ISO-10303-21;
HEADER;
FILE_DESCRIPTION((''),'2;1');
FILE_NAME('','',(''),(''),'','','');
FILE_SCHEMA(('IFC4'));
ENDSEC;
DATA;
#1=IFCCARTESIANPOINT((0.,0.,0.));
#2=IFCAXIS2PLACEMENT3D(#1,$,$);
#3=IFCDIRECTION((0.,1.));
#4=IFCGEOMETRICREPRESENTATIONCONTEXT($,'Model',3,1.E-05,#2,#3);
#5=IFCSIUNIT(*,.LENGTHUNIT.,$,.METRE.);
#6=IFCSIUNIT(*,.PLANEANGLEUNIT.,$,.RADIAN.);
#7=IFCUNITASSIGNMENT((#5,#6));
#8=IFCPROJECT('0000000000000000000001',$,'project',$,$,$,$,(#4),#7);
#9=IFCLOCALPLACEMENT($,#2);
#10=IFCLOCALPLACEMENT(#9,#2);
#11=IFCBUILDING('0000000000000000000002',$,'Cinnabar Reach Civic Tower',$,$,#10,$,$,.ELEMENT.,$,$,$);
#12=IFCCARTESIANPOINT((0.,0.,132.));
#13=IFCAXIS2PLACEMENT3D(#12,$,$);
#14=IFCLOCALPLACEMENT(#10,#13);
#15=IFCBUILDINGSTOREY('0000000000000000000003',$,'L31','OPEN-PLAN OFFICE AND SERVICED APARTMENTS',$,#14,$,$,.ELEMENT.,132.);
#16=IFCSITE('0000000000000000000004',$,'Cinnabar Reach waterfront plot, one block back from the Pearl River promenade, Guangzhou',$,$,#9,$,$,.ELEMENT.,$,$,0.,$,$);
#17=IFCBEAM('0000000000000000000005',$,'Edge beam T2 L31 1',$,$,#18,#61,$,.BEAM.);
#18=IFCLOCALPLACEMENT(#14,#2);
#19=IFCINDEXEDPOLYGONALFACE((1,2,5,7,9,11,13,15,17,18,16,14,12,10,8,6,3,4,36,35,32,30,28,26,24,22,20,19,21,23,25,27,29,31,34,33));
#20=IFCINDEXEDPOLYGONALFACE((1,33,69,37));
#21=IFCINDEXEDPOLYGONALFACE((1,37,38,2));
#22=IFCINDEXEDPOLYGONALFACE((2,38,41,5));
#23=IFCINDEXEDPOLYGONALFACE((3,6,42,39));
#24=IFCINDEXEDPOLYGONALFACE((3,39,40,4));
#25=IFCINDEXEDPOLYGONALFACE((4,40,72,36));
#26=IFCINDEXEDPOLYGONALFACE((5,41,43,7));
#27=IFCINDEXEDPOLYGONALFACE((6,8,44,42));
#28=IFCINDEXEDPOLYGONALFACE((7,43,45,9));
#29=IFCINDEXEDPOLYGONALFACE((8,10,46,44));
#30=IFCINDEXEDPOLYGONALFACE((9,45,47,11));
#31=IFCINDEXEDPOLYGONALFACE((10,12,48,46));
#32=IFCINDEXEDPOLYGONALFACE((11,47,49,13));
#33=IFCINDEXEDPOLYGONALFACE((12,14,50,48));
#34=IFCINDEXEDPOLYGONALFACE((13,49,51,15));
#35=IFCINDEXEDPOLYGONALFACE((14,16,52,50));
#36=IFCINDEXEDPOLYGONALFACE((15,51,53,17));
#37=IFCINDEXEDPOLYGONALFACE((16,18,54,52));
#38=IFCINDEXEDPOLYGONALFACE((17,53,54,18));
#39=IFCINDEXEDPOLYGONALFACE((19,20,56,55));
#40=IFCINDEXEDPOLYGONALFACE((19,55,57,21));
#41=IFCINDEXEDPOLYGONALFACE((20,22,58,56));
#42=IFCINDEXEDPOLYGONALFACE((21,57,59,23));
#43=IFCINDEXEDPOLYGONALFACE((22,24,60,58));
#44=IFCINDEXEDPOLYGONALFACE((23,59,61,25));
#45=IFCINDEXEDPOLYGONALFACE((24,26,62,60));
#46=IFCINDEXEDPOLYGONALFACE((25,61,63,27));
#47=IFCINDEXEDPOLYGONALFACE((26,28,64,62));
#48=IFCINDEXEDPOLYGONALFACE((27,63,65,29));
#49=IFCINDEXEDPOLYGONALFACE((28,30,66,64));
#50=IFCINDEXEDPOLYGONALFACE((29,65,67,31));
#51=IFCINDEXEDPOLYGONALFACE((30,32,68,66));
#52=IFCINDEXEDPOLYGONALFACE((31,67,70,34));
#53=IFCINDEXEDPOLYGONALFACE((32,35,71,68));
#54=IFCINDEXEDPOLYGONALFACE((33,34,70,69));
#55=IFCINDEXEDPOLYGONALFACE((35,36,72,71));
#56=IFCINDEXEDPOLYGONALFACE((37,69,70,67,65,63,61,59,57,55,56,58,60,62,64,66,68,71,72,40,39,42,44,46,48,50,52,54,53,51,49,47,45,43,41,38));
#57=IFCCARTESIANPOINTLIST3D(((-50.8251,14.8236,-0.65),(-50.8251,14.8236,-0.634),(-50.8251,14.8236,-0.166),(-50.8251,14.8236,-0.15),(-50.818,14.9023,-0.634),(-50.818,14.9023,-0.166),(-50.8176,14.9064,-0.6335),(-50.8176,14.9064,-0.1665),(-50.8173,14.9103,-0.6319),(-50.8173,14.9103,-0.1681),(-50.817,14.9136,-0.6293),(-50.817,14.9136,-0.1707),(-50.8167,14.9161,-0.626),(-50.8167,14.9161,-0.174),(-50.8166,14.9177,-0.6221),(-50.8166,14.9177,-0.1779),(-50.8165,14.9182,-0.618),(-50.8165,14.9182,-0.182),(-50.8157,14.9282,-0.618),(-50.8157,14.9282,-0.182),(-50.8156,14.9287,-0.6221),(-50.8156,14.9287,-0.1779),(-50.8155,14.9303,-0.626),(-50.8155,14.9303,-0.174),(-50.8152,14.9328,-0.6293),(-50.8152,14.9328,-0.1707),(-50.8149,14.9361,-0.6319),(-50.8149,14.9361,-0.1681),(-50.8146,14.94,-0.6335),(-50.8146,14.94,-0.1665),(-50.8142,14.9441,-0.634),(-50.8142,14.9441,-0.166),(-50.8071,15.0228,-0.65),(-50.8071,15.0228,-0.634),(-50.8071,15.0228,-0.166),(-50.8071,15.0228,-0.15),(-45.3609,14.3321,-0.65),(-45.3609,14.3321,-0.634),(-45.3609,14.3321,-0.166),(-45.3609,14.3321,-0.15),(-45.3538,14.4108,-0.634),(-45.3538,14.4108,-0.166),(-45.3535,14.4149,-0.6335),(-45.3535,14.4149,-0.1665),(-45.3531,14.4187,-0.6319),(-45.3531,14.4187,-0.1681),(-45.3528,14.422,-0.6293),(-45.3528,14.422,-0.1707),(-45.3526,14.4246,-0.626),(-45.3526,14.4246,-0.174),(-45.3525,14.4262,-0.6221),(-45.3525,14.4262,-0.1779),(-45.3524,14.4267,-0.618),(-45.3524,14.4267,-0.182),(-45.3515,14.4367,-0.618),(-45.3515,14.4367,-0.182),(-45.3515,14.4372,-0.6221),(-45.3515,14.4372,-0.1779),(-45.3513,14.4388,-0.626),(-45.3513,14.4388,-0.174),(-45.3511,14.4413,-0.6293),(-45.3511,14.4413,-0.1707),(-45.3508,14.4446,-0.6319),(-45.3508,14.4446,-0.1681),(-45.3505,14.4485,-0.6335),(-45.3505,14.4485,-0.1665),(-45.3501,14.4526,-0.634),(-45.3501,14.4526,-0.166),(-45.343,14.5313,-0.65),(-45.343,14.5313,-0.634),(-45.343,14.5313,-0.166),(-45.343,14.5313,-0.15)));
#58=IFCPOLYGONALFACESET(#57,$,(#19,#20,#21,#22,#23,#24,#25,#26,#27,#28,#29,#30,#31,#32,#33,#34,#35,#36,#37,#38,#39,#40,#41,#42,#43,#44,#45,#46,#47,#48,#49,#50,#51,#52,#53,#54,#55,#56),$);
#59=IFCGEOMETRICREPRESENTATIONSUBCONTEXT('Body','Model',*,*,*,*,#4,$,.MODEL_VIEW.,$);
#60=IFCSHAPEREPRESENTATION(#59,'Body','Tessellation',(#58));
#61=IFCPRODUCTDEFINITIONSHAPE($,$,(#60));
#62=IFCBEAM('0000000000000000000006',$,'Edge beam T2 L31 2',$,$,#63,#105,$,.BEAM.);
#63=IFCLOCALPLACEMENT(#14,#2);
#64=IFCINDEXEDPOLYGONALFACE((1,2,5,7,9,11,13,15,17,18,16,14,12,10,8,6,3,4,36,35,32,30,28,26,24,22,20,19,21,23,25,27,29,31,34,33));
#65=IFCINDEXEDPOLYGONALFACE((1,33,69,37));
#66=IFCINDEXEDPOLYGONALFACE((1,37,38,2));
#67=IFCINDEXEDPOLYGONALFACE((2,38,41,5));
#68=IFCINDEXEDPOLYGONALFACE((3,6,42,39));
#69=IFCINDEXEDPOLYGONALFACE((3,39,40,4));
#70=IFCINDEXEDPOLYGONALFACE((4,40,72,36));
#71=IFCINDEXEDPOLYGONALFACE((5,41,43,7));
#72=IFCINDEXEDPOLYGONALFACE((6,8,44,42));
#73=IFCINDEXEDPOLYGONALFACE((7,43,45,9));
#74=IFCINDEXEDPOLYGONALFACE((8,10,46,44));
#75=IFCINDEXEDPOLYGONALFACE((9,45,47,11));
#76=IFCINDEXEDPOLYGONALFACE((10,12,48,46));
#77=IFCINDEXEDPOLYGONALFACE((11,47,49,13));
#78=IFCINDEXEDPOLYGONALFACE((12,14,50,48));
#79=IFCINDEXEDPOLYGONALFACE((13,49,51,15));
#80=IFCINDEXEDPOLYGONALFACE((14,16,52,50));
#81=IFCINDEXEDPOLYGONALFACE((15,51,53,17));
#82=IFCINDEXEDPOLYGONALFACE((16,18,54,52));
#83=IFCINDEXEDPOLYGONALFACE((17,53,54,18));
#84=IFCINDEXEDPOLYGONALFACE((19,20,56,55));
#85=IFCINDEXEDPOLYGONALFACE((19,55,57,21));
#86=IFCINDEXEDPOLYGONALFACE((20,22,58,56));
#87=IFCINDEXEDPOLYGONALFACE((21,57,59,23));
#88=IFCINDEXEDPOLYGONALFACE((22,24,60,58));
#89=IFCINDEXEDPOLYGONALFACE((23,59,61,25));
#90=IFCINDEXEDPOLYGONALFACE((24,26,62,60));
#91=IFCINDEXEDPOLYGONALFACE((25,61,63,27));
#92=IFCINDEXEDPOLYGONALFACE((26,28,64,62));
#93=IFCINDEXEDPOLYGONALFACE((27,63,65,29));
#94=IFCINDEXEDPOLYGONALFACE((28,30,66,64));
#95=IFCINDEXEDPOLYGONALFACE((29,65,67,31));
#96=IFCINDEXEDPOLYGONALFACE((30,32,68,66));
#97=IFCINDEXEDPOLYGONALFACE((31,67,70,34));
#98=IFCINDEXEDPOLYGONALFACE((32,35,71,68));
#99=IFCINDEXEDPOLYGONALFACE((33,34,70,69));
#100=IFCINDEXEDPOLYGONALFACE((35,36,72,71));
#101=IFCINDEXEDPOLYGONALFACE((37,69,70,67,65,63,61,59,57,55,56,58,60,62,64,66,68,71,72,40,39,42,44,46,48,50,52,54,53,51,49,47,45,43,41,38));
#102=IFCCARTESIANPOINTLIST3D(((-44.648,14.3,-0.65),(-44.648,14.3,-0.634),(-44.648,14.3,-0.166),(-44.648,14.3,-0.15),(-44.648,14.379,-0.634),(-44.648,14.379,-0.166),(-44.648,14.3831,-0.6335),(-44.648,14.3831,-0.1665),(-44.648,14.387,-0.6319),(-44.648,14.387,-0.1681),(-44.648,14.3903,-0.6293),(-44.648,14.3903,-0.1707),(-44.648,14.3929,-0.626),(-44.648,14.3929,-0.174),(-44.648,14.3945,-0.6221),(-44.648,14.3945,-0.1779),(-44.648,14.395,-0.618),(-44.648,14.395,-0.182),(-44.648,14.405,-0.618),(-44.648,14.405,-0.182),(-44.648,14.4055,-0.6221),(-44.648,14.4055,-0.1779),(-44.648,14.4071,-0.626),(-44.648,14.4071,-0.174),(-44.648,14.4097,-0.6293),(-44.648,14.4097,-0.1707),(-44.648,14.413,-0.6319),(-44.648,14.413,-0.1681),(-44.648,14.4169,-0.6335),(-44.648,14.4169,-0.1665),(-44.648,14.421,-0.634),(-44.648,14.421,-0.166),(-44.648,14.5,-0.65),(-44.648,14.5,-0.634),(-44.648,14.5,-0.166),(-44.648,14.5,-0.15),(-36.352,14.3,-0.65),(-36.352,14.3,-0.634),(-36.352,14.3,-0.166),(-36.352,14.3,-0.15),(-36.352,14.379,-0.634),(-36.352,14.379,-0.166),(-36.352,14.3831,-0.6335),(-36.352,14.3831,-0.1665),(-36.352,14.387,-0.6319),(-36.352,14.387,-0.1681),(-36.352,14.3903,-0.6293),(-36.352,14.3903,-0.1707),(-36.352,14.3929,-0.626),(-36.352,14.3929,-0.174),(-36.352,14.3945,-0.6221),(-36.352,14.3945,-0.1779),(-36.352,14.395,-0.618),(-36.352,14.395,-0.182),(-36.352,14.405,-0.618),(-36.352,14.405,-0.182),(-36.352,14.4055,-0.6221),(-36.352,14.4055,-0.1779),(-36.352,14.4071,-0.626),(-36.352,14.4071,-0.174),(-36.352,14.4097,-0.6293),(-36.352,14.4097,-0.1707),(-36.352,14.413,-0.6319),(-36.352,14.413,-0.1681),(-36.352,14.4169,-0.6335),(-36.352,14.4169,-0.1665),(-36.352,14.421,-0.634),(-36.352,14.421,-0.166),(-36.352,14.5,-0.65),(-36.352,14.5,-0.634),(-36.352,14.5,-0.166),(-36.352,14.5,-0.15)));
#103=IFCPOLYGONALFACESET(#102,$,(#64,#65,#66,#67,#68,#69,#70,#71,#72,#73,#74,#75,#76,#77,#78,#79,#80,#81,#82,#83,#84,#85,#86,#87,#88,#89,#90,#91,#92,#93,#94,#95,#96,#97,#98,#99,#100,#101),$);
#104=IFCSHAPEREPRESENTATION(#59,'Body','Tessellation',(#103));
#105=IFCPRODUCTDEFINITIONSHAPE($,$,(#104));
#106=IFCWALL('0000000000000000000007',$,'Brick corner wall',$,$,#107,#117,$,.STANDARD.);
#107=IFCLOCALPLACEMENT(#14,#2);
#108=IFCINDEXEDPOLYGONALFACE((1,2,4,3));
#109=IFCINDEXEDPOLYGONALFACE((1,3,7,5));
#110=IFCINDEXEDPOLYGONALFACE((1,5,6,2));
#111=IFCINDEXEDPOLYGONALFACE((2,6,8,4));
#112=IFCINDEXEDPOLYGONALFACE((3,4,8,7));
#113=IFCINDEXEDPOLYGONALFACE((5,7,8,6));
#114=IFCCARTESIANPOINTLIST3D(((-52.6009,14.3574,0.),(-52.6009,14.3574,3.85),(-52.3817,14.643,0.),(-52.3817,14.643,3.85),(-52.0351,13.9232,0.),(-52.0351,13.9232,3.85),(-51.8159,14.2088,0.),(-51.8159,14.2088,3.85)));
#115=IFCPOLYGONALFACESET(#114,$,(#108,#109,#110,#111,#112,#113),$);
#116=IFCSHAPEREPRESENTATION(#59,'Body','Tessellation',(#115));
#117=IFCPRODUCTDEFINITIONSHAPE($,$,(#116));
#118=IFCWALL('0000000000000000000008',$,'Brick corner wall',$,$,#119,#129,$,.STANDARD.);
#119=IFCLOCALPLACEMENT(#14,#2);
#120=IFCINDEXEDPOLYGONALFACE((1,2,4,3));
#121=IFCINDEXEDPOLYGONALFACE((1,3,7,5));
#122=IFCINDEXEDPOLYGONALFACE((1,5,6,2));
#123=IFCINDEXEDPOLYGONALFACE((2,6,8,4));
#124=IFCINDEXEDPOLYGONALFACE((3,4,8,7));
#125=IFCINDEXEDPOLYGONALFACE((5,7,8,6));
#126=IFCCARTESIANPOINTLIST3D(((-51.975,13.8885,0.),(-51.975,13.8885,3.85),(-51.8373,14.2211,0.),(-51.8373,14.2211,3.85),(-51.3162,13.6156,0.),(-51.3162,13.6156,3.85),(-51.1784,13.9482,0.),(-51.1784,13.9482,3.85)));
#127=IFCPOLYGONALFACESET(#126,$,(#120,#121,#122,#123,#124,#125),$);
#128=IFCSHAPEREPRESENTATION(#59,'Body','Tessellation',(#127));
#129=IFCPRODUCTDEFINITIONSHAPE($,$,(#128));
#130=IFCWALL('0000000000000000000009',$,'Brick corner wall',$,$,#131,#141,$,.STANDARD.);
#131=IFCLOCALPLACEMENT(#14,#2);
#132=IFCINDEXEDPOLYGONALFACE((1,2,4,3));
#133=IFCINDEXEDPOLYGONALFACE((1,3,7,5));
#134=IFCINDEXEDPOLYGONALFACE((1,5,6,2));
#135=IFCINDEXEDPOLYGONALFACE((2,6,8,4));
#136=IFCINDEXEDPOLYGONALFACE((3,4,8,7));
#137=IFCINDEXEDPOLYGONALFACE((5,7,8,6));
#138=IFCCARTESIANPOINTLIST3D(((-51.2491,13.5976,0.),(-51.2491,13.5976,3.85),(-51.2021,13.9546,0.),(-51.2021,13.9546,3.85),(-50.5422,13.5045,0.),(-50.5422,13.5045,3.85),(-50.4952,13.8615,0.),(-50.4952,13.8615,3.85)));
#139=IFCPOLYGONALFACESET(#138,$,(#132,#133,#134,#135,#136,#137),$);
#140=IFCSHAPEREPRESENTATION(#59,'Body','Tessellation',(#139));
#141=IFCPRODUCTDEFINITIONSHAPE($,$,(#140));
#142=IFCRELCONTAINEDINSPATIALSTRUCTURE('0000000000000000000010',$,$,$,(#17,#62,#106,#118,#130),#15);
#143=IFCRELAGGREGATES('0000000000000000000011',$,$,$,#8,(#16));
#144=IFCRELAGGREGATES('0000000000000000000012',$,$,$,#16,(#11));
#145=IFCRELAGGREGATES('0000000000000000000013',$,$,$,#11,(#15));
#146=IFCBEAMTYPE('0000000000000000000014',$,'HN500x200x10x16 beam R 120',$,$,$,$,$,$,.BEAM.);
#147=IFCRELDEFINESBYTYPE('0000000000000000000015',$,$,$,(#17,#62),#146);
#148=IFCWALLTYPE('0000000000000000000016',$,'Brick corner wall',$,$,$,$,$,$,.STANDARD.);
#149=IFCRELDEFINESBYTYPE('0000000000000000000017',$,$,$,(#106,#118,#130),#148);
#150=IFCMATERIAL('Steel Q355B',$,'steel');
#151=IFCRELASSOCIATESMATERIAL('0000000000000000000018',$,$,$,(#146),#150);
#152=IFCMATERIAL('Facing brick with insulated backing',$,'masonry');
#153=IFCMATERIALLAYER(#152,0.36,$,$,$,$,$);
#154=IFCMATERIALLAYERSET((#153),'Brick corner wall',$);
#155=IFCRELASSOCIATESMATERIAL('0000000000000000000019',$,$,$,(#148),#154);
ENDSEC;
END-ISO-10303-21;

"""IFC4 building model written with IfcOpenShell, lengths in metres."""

from ifc_helpers import new_model, si_unit, direction, frame, frame_2d, origin, origin_2d, place, context, subcontext, project, spatial, rectangle, i_section, extrude, material, layer, layer_set, material_profile, profile_set, type_object, element, save


model = new_model("IFC4")

# Units and contexts
model_context = context("Model", 3, precision=1e-05, world=origin(), true_north=direction((0.0, 1.0)))
body_context = subcontext(model_context, "Body", "Model", "MODEL_VIEW")
ifc_project = project(units=[si_unit("LENGTHUNIT", "METRE"), si_unit("PLANEANGLEUNIT", "RADIAN")], contexts=[model_context])

# Site, building, storey
site_placement = place(None, origin())
site = spatial("IfcSite", under=ifc_project, at=site_placement, Name="Cinnabar Reach waterfront plot, one block back from the Pearl River promenade, Guangzhou", CompositionType="ELEMENT", RefElevation=0.0)
building_placement = place(site_placement, origin())
building = spatial("IfcBuilding", under=site, at=building_placement, Name="Cinnabar Reach Civic Tower", CompositionType="ELEMENT")
storey_placement = place(building_placement, frame((0.0, 0.0, 132.0)))
storey = spatial("IfcBuildingStorey", under=building, at=storey_placement, Name="L31", Description="OPEN-PLAN OFFICE AND SERVICED APARTMENTS", CompositionType="ELEMENT", Elevation=132.0)

# Beams
ifc_material_1 = material(Name="Steel Q355B", Category="steel")
ifc_material_profile_1 = material_profile(ifc_material_1, i_section(OverallWidth=0.2, OverallDepth=0.5, WebThickness=0.01, FlangeThickness=0.016, FilletRadius=0.016, at=origin_2d()), Name="HN500x200x10x16")
ifc_profile_set_1 = profile_set([ifc_material_profile_1], Name="Steel Q355B")
beam_type_1 = type_object("IfcBeamType", Name="HN500x200x10x16 beam R 120", PredefinedType="BEAM", material=ifc_profile_set_1)
beam_1_placement = place(storey_placement, frame((-50.8161, 14.9232, -0.4), z_axis=(0.995979, -0.089589, 0.0), x_axis=(0.089589, 0.995979, 0.0)))
element("IfcBeam", 1, at=beam_1_placement, inside=storey, type_object=beam_type_1, Name="Edge beam T2 L31 1", PredefinedType="BEAM", context=body_context, shape_type="SweptSolid", body=[
    extrude(i_section(OverallWidth=0.2, OverallDepth=0.5, WebThickness=0.01, FlangeThickness=0.016, FilletRadius=0.016, at=origin_2d()), origin(), (0.0, 0.0, 1.0), 5.4862),
])
beam_2_placement = place(storey_placement, frame((-44.648, 14.4, -0.4), z_axis=(1.0, 0.0, 0.0), x_axis=(0.0, 1.0, 0.0)))
element("IfcBeam", 2, at=beam_2_placement, inside=storey, type_object=beam_type_1, Name="Edge beam T2 L31 2", PredefinedType="BEAM", context=body_context, shape_type="SweptSolid", body=[
    extrude(i_section(OverallWidth=0.2, OverallDepth=0.5, WebThickness=0.01, FlangeThickness=0.016, FilletRadius=0.016, at=origin_2d()), origin(), (0.0, 0.0, 1.0), 8.296),
])

# Walls
ifc_material_2 = material(Name="Facing brick with insulated backing", Category="masonry")
ifc_layer_1 = layer(ifc_material_2, 0.36)
ifc_layer_set_1 = layer_set([ifc_layer_1], Name="Brick corner wall")
wall_type_1 = type_object("IfcWallType", Name="Brick corner wall", PredefinedType="STANDARD", material=ifc_layer_set_1)
wall_1_placement = place(storey_placement, frame((-52.4913, 14.5002, 0.0), z_axis=(0.0, 0.0, 1.0), x_axis=(0.793322, -0.608802, 0.0)))
element("IfcWall", 3, at=wall_1_placement, inside=storey, type_object=wall_type_1, Name="Brick corner wall", PredefinedType="STANDARD", context=body_context, shape_type="SweptSolid", body=[
    extrude(rectangle(XDim=0.7132, YDim=0.36, at=frame_2d((0.3566, 0.0))), origin(), (0.0, 0.0, 1.0), 3.85),
])
for number, where, z_axis, x_axis, name in (
    (4, (-51.9061, 14.0548, 0.0), (0.0, 0.0, 1.0), (0.923872, -0.382703, 0.0), "Brick corner wall"),
    (5, (-51.2256, 13.7761, 0.0), (0.0, 0.0, 1.0), (0.991441, -0.130556, 0.0), "Brick corner wall"),
):
    element("IfcWall", number, at=place(storey_placement, frame(where, z_axis=z_axis, x_axis=x_axis)), inside=storey, type_object=wall_type_1, Name=name, PredefinedType="STANDARD", context=body_context, shape_type="SweptSolid", body=[
        extrude(rectangle(XDim=0.7131, YDim=0.36, at=frame_2d((0.3565, 0.0))), origin(), (0.0, 0.0, 1.0), 3.85),
    ])

save(model, "model.ifc")
